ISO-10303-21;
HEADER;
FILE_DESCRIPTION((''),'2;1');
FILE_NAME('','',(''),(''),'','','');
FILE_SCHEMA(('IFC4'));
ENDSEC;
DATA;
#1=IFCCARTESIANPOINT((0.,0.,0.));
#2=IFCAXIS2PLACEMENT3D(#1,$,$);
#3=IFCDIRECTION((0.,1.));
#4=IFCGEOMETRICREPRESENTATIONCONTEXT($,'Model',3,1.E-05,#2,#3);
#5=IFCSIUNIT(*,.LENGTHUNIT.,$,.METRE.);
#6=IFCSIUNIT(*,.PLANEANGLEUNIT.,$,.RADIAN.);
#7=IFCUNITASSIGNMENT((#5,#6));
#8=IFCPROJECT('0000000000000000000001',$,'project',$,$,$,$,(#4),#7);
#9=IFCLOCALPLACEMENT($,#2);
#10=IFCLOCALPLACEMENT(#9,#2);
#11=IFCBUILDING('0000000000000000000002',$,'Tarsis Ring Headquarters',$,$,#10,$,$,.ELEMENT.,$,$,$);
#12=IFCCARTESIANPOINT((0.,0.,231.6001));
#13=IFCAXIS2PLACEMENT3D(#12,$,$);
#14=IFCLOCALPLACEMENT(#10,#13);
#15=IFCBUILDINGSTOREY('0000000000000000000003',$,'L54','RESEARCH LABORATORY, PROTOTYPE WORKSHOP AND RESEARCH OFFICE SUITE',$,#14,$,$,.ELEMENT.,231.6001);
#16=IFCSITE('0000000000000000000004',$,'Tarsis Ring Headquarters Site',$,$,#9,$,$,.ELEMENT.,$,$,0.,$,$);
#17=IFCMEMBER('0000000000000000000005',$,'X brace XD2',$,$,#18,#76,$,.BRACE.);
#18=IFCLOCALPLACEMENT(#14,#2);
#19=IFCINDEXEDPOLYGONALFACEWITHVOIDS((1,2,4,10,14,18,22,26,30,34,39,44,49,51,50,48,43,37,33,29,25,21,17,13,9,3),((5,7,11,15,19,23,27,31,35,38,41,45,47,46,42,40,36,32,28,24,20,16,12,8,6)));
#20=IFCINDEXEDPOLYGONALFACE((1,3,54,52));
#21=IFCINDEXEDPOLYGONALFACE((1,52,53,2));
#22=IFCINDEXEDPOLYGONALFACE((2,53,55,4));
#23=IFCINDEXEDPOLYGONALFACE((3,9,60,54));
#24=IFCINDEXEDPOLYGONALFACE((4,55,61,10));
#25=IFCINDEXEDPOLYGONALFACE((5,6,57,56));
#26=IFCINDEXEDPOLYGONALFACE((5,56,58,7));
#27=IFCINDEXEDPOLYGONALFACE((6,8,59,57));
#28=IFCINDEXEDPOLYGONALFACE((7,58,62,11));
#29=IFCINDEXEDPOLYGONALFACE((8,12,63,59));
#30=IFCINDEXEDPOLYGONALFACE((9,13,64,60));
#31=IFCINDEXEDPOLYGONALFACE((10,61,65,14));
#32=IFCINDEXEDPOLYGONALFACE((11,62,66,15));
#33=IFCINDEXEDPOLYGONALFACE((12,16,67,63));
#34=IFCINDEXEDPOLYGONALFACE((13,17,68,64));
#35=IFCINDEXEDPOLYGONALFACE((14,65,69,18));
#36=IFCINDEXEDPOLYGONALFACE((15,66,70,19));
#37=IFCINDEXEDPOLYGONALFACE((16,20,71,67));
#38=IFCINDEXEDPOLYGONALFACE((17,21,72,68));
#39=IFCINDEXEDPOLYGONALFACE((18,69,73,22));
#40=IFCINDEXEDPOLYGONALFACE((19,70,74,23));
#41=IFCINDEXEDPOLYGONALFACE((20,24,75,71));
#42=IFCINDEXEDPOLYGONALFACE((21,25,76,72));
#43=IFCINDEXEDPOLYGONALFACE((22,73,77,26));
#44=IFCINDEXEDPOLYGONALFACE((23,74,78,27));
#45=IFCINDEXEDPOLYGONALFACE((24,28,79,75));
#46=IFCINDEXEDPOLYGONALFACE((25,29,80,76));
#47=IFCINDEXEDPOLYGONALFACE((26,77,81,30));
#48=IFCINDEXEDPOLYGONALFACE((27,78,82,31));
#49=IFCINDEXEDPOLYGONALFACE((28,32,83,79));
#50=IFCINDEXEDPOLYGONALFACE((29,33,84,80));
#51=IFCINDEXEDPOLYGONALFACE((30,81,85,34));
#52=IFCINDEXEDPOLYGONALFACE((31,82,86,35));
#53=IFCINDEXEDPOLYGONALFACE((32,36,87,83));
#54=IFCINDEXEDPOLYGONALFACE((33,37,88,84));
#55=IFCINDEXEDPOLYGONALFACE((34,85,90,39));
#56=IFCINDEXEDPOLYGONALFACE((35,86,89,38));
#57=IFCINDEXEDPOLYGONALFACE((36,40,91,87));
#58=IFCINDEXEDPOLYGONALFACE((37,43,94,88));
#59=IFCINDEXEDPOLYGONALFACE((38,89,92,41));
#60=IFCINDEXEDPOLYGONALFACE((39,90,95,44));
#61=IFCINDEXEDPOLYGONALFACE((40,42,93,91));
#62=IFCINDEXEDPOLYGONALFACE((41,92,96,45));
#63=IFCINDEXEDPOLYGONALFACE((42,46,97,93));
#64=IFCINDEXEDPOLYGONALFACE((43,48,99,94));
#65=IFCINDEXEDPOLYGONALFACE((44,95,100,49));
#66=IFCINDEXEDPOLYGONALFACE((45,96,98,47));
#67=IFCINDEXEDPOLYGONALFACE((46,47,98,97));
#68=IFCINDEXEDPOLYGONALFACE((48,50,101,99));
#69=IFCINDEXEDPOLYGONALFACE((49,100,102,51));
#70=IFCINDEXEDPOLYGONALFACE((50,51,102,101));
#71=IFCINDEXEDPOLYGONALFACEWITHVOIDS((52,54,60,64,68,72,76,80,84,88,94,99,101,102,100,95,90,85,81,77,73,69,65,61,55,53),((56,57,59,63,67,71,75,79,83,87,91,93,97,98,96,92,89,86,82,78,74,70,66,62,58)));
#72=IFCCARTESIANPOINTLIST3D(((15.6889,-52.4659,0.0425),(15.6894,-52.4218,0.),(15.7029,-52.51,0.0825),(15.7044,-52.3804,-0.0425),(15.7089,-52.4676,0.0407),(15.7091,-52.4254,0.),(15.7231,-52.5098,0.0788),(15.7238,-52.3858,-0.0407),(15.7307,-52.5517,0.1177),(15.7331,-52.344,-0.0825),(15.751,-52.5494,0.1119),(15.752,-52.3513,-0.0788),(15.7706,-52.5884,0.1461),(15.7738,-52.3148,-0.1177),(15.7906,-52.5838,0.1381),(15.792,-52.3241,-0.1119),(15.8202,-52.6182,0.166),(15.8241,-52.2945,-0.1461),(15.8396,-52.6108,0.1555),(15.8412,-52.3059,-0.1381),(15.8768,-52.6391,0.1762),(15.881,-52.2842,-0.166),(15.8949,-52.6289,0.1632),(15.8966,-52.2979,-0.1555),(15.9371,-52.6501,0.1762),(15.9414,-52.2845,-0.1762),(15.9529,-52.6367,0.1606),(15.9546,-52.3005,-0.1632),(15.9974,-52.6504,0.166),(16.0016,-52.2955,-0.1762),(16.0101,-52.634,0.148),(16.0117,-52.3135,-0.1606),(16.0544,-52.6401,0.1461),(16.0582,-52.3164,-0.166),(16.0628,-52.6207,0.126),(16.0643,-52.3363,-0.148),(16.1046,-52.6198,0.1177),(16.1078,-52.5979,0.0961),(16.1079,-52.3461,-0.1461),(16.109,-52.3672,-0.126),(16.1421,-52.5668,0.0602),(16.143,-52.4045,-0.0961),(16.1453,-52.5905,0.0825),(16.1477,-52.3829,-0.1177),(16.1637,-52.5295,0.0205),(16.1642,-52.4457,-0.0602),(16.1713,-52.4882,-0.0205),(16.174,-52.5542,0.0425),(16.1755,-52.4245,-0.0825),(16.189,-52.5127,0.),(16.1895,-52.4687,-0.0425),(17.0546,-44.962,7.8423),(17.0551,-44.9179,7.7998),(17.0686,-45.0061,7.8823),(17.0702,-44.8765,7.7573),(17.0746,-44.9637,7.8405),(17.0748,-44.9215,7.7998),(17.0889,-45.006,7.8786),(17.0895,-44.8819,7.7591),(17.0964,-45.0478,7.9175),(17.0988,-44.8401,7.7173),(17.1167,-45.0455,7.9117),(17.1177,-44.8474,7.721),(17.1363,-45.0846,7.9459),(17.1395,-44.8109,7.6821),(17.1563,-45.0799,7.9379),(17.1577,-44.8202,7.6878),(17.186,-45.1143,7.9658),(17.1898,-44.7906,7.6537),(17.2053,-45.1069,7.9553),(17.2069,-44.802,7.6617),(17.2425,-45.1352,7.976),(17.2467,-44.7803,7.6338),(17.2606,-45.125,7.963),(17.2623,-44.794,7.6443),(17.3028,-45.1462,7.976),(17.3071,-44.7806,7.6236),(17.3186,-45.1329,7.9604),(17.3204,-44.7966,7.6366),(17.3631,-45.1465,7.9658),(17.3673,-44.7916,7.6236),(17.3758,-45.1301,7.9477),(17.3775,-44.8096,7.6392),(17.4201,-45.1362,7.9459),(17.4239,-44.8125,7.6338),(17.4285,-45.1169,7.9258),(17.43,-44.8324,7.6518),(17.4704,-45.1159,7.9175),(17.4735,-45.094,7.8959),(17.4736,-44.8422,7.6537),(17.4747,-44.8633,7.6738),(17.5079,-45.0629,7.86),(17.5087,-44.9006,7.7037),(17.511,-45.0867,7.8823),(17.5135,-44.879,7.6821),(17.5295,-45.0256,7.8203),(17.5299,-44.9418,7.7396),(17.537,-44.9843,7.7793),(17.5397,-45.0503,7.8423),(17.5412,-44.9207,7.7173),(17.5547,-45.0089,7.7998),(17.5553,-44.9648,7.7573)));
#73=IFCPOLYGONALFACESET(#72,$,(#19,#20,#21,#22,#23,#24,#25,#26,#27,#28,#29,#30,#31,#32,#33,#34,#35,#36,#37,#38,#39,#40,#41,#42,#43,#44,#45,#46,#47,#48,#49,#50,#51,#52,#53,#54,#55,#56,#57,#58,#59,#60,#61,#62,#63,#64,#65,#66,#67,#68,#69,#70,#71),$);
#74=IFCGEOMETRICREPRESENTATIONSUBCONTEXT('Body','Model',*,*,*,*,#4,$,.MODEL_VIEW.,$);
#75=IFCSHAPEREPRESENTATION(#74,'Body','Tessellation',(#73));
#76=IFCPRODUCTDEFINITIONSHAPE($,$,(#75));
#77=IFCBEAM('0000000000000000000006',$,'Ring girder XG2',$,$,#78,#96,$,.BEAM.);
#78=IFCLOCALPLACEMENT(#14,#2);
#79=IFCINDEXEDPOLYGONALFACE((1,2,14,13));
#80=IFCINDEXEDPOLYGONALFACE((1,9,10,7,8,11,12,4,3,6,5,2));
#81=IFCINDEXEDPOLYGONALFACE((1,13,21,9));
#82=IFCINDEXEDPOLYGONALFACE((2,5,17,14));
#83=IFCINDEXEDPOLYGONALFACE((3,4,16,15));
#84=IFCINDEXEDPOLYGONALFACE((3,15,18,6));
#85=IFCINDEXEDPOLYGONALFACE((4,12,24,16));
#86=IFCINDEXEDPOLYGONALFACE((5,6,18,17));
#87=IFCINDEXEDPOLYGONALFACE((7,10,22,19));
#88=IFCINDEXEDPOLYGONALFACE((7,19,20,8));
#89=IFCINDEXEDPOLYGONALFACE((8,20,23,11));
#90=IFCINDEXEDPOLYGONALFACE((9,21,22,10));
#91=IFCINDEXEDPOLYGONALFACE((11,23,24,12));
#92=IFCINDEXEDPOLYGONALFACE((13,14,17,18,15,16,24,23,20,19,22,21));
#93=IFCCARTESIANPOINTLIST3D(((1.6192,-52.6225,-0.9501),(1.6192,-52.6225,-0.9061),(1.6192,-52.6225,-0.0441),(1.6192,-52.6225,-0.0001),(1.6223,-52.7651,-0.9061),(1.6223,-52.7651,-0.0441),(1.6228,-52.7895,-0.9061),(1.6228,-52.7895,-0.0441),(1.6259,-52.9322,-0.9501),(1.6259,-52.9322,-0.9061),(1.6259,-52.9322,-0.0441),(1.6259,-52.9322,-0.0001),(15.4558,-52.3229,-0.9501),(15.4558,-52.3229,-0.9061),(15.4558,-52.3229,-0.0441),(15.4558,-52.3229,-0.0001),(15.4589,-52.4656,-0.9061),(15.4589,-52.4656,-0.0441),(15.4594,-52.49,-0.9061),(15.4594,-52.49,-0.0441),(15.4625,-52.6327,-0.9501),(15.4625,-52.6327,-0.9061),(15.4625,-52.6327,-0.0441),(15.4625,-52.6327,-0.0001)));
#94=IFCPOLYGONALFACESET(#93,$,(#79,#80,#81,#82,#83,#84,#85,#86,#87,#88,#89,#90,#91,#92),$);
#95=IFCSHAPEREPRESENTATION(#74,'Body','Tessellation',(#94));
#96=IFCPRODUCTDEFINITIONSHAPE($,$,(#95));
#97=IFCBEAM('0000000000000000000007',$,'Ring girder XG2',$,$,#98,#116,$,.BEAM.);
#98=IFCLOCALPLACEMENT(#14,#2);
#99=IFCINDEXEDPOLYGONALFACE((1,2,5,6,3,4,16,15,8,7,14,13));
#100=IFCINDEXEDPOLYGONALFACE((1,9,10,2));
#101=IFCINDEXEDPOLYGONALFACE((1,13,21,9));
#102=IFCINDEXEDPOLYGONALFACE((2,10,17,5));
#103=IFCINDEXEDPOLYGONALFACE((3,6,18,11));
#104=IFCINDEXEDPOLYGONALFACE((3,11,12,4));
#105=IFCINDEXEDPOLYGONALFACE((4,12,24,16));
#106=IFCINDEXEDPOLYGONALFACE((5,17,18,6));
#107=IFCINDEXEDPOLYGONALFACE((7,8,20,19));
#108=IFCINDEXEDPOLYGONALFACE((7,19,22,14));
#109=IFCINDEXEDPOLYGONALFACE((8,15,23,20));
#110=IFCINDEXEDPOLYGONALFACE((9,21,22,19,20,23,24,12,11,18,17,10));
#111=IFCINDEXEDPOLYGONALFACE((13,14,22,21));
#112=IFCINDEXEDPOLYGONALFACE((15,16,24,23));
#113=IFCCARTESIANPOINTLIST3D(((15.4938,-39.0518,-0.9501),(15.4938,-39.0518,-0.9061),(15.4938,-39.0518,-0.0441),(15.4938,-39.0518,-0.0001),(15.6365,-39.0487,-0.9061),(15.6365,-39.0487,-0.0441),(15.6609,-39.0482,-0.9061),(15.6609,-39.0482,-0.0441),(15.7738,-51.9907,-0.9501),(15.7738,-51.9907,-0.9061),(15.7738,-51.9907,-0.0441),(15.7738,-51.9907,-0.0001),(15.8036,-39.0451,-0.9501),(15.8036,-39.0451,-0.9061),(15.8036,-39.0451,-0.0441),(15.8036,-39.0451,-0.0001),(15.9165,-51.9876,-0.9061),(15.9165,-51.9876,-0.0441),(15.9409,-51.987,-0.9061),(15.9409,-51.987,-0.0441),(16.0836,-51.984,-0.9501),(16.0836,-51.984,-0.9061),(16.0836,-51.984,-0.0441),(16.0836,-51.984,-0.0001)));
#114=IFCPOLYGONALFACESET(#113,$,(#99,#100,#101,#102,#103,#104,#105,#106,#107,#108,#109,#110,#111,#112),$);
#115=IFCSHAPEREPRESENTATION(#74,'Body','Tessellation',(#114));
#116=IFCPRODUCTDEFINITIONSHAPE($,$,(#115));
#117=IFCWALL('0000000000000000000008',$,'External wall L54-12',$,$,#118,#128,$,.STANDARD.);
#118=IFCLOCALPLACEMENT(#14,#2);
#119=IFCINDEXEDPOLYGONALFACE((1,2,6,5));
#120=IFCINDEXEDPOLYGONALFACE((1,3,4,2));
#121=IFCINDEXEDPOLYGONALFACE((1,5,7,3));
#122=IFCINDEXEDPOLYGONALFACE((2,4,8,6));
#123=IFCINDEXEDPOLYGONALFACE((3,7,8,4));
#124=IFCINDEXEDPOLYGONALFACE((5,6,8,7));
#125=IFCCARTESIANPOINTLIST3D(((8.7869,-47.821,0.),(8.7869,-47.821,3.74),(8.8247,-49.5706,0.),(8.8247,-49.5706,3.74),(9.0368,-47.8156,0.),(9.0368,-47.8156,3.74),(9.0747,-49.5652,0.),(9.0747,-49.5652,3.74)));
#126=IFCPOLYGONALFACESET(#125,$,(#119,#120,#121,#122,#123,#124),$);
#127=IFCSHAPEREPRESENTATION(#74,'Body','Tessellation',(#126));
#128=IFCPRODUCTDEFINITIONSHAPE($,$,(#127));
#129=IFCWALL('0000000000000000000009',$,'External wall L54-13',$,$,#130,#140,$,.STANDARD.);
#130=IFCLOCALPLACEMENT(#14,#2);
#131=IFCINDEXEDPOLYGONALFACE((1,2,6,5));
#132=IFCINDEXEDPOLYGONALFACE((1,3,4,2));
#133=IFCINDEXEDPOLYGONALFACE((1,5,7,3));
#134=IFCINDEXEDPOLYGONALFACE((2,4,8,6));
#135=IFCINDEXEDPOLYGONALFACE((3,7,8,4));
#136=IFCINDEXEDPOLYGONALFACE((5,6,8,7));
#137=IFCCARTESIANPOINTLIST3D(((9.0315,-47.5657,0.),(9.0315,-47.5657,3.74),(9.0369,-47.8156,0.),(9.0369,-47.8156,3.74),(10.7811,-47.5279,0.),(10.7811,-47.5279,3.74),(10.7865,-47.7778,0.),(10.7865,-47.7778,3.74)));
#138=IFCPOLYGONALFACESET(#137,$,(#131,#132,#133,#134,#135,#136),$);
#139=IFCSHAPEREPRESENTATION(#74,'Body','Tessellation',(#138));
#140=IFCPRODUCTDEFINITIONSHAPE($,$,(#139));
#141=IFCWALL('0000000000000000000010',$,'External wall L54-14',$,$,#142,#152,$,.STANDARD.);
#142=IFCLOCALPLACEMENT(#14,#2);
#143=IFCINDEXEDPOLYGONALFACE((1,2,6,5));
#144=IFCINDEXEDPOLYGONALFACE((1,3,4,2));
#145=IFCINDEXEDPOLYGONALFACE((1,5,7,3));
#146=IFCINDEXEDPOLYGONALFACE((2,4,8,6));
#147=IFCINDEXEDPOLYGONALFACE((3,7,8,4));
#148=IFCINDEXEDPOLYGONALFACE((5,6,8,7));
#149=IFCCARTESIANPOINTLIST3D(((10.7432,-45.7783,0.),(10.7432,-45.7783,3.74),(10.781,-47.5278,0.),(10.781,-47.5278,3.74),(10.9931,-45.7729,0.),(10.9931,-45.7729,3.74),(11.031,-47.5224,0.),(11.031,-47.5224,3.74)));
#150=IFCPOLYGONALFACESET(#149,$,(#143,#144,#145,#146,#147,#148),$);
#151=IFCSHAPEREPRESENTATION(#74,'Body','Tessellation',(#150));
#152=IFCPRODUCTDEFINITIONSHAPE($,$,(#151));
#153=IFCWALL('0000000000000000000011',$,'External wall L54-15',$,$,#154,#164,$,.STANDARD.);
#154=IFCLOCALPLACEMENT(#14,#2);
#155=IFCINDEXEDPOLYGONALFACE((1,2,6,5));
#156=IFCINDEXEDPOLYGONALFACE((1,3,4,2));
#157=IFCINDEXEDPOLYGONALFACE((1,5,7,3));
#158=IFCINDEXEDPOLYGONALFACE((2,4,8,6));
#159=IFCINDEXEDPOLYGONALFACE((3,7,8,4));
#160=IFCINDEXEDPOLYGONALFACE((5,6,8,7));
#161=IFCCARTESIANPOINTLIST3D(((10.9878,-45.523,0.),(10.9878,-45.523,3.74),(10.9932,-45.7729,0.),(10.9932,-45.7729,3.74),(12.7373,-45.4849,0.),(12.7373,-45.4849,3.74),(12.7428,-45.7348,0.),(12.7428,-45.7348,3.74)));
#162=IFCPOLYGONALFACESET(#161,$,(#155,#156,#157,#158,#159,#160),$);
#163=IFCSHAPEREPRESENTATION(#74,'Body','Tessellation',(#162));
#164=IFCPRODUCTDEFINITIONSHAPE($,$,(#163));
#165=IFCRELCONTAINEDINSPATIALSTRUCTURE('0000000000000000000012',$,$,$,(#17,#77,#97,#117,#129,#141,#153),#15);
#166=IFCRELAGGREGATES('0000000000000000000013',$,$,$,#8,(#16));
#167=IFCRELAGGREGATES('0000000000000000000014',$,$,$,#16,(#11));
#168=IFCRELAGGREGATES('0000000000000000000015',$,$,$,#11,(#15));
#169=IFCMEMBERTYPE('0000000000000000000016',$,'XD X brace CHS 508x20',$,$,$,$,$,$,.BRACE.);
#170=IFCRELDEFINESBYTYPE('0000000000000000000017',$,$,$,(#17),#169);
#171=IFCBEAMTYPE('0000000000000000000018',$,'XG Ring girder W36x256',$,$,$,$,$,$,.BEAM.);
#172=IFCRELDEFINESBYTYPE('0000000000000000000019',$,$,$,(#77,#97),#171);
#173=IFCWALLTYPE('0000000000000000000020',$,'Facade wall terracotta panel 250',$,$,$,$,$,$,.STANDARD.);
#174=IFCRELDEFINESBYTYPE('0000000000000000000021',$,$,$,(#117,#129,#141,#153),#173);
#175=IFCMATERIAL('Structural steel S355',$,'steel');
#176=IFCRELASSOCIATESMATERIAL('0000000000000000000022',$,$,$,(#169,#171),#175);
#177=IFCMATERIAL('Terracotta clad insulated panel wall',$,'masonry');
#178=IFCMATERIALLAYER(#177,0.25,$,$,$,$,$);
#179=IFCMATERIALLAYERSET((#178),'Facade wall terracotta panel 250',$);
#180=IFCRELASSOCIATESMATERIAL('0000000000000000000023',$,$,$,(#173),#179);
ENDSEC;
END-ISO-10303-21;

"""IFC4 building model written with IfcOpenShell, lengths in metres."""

from ifc_helpers import new_model, si_unit, direction, frame, frame_2d, origin, origin_2d, place, context, subcontext, project, spatial, rectangle, hollow_circle, i_section, extrude, material, layer, layer_set, material_profile, profile_set, type_object, element, save


model = new_model("IFC4")

# Units and contexts
model_context = context("Model", 3, precision=1e-05, world=origin(), true_north=direction((0.0, 1.0)))
body_context = subcontext(model_context, "Body", "Model", "MODEL_VIEW")
ifc_project = project(units=[si_unit("LENGTHUNIT", "METRE"), si_unit("PLANEANGLEUNIT", "RADIAN")], contexts=[model_context])

# Site, building, storey
site_placement = place(None, origin())
site = spatial("IfcSite", under=ifc_project, at=site_placement, Name="Tarsis Ring Headquarters Site", CompositionType="ELEMENT", RefElevation=0.0)
building_placement = place(site_placement, origin())
building = spatial("IfcBuilding", under=site, at=building_placement, Name="Tarsis Ring Headquarters", CompositionType="ELEMENT")
storey_placement = place(building_placement, frame((0.0, 0.0, 231.6001)))
storey = spatial("IfcBuildingStorey", under=building, at=storey_placement, Name="L54", Description="RESEARCH LABORATORY, PROTOTYPE WORKSHOP AND RESEARCH OFFICE SUITE", CompositionType="ELEMENT", Elevation=231.6001)

# Shared definitions
ifc_material_1 = material(Name="Structural steel S355", Category="steel")

# Member
ifc_material_profile_1 = material_profile(ifc_material_1, hollow_circle(Radius=0.2539, WallThickness=0.02, at=origin_2d()), Name="CHS 508x20")
ifc_profile_set_1 = profile_set([ifc_material_profile_1], Name="Structural steel S355")
member_type = type_object("IfcMemberType", Name="XD X brace CHS 508x20", PredefinedType="BRACE", material=ifc_profile_set_1)
member_placement = place(storey_placement, frame((15.9392, -52.4673, 0.0), z_axis=(0.12519, 0.687851, 0.714975), x_axis=(-0.983838, 0.17906, 0.0)))
element("IfcMember", 1, at=member_placement, inside=storey, type_object=member_type, Name="X brace XD2", PredefinedType="BRACE", context=body_context, shape_type="SweptSolid", body=[
    extrude(hollow_circle(Radius=0.2539, WallThickness=0.02, at=origin_2d()), origin(), (0.0, 0.0, 1.0), 10.9092),
])

# Beams
ifc_material_profile_2 = material_profile(ifc_material_1, i_section(OverallWidth=0.3098, OverallDepth=0.95, WebThickness=0.0244, FlangeThickness=0.0439, at=origin_2d()), Name="W36x256")
ifc_profile_set_2 = profile_set([ifc_material_profile_2], Name="Structural steel S355")
beam_type = type_object("IfcBeamType", Name="XG Ring girder W36x256", PredefinedType="BEAM", material=ifc_profile_set_2)
beam_1_placement = place(storey_placement, frame((1.6226, -52.7773, -0.4751), z_axis=(0.999766, 0.021645, 0.0), x_axis=(-0.021645, 0.999766, 0.0)))
element("IfcBeam", 2, at=beam_1_placement, inside=storey, type_object=beam_type, Name="Ring girder XG2", PredefinedType="BEAM", context=body_context, shape_type="SweptSolid", body=[
    extrude(i_section(OverallWidth=0.3098, OverallDepth=0.95, WebThickness=0.0244, FlangeThickness=0.0439, at=origin_2d()), origin(), (0.0, 0.0, 1.0), 13.8398),
])
beam_2_placement = place(storey_placement, frame((15.9287, -51.9873, -0.4751), z_axis=(-0.021637, 0.999766, 0.0), x_axis=(-0.999766, -0.021637, 0.0)))
element("IfcBeam", 3, at=beam_2_placement, inside=storey, type_object=beam_type, Name="Ring girder XG2", PredefinedType="BEAM", context=body_context, shape_type="SweptSolid", body=[
    extrude(i_section(OverallWidth=0.3098, OverallDepth=0.95, WebThickness=0.0244, FlangeThickness=0.0439, at=origin_2d()), origin(), (0.0, 0.0, 1.0), 12.9419),
])

# Walls
ifc_material_2 = material(Name="Terracotta clad insulated panel wall", Category="masonry")
ifc_layer = layer(ifc_material_2, 0.25)
ifc_layer_set = layer_set([ifc_layer], Name="Facade wall terracotta panel 250")
wall_type = type_object("IfcWallType", Name="Facade wall terracotta panel 250", PredefinedType="STANDARD", material=ifc_layer_set)
for number, where, z_axis, x_axis, name in (
    (4, (8.9497, -49.5679, 0.0), (0.0, 0.0, 1.0), (-0.021625, 0.999766, 0.0), "External wall L54-12"),
    (5, (9.0342, -47.6907, 0.0), (0.0, 0.0, 1.0), (0.999766, 0.021625, 0.0), "External wall L54-13"),
    (6, (10.906, -47.5251, 0.0), (0.0, 0.0, 1.0), (-0.021625, 0.999766, 0.0), "External wall L54-14"),
    (7, (10.9905, -45.6479, 0.0), (0.0, 0.0, 1.0), (0.999763, 0.021764, 0.0), "External wall L54-15"),
):
    element("IfcWall", number, at=place(storey_placement, frame(where, z_axis=z_axis, x_axis=x_axis)), inside=storey, type_object=wall_type, Name=name, PredefinedType="STANDARD", context=body_context, shape_type="SweptSolid", body=[
        extrude(rectangle(XDim=1.75, YDim=0.25, at=frame_2d((0.875, 0.0))), origin(), (0.0, 0.0, 1.0), 3.74),
    ])

save(model, "model.ifc")
